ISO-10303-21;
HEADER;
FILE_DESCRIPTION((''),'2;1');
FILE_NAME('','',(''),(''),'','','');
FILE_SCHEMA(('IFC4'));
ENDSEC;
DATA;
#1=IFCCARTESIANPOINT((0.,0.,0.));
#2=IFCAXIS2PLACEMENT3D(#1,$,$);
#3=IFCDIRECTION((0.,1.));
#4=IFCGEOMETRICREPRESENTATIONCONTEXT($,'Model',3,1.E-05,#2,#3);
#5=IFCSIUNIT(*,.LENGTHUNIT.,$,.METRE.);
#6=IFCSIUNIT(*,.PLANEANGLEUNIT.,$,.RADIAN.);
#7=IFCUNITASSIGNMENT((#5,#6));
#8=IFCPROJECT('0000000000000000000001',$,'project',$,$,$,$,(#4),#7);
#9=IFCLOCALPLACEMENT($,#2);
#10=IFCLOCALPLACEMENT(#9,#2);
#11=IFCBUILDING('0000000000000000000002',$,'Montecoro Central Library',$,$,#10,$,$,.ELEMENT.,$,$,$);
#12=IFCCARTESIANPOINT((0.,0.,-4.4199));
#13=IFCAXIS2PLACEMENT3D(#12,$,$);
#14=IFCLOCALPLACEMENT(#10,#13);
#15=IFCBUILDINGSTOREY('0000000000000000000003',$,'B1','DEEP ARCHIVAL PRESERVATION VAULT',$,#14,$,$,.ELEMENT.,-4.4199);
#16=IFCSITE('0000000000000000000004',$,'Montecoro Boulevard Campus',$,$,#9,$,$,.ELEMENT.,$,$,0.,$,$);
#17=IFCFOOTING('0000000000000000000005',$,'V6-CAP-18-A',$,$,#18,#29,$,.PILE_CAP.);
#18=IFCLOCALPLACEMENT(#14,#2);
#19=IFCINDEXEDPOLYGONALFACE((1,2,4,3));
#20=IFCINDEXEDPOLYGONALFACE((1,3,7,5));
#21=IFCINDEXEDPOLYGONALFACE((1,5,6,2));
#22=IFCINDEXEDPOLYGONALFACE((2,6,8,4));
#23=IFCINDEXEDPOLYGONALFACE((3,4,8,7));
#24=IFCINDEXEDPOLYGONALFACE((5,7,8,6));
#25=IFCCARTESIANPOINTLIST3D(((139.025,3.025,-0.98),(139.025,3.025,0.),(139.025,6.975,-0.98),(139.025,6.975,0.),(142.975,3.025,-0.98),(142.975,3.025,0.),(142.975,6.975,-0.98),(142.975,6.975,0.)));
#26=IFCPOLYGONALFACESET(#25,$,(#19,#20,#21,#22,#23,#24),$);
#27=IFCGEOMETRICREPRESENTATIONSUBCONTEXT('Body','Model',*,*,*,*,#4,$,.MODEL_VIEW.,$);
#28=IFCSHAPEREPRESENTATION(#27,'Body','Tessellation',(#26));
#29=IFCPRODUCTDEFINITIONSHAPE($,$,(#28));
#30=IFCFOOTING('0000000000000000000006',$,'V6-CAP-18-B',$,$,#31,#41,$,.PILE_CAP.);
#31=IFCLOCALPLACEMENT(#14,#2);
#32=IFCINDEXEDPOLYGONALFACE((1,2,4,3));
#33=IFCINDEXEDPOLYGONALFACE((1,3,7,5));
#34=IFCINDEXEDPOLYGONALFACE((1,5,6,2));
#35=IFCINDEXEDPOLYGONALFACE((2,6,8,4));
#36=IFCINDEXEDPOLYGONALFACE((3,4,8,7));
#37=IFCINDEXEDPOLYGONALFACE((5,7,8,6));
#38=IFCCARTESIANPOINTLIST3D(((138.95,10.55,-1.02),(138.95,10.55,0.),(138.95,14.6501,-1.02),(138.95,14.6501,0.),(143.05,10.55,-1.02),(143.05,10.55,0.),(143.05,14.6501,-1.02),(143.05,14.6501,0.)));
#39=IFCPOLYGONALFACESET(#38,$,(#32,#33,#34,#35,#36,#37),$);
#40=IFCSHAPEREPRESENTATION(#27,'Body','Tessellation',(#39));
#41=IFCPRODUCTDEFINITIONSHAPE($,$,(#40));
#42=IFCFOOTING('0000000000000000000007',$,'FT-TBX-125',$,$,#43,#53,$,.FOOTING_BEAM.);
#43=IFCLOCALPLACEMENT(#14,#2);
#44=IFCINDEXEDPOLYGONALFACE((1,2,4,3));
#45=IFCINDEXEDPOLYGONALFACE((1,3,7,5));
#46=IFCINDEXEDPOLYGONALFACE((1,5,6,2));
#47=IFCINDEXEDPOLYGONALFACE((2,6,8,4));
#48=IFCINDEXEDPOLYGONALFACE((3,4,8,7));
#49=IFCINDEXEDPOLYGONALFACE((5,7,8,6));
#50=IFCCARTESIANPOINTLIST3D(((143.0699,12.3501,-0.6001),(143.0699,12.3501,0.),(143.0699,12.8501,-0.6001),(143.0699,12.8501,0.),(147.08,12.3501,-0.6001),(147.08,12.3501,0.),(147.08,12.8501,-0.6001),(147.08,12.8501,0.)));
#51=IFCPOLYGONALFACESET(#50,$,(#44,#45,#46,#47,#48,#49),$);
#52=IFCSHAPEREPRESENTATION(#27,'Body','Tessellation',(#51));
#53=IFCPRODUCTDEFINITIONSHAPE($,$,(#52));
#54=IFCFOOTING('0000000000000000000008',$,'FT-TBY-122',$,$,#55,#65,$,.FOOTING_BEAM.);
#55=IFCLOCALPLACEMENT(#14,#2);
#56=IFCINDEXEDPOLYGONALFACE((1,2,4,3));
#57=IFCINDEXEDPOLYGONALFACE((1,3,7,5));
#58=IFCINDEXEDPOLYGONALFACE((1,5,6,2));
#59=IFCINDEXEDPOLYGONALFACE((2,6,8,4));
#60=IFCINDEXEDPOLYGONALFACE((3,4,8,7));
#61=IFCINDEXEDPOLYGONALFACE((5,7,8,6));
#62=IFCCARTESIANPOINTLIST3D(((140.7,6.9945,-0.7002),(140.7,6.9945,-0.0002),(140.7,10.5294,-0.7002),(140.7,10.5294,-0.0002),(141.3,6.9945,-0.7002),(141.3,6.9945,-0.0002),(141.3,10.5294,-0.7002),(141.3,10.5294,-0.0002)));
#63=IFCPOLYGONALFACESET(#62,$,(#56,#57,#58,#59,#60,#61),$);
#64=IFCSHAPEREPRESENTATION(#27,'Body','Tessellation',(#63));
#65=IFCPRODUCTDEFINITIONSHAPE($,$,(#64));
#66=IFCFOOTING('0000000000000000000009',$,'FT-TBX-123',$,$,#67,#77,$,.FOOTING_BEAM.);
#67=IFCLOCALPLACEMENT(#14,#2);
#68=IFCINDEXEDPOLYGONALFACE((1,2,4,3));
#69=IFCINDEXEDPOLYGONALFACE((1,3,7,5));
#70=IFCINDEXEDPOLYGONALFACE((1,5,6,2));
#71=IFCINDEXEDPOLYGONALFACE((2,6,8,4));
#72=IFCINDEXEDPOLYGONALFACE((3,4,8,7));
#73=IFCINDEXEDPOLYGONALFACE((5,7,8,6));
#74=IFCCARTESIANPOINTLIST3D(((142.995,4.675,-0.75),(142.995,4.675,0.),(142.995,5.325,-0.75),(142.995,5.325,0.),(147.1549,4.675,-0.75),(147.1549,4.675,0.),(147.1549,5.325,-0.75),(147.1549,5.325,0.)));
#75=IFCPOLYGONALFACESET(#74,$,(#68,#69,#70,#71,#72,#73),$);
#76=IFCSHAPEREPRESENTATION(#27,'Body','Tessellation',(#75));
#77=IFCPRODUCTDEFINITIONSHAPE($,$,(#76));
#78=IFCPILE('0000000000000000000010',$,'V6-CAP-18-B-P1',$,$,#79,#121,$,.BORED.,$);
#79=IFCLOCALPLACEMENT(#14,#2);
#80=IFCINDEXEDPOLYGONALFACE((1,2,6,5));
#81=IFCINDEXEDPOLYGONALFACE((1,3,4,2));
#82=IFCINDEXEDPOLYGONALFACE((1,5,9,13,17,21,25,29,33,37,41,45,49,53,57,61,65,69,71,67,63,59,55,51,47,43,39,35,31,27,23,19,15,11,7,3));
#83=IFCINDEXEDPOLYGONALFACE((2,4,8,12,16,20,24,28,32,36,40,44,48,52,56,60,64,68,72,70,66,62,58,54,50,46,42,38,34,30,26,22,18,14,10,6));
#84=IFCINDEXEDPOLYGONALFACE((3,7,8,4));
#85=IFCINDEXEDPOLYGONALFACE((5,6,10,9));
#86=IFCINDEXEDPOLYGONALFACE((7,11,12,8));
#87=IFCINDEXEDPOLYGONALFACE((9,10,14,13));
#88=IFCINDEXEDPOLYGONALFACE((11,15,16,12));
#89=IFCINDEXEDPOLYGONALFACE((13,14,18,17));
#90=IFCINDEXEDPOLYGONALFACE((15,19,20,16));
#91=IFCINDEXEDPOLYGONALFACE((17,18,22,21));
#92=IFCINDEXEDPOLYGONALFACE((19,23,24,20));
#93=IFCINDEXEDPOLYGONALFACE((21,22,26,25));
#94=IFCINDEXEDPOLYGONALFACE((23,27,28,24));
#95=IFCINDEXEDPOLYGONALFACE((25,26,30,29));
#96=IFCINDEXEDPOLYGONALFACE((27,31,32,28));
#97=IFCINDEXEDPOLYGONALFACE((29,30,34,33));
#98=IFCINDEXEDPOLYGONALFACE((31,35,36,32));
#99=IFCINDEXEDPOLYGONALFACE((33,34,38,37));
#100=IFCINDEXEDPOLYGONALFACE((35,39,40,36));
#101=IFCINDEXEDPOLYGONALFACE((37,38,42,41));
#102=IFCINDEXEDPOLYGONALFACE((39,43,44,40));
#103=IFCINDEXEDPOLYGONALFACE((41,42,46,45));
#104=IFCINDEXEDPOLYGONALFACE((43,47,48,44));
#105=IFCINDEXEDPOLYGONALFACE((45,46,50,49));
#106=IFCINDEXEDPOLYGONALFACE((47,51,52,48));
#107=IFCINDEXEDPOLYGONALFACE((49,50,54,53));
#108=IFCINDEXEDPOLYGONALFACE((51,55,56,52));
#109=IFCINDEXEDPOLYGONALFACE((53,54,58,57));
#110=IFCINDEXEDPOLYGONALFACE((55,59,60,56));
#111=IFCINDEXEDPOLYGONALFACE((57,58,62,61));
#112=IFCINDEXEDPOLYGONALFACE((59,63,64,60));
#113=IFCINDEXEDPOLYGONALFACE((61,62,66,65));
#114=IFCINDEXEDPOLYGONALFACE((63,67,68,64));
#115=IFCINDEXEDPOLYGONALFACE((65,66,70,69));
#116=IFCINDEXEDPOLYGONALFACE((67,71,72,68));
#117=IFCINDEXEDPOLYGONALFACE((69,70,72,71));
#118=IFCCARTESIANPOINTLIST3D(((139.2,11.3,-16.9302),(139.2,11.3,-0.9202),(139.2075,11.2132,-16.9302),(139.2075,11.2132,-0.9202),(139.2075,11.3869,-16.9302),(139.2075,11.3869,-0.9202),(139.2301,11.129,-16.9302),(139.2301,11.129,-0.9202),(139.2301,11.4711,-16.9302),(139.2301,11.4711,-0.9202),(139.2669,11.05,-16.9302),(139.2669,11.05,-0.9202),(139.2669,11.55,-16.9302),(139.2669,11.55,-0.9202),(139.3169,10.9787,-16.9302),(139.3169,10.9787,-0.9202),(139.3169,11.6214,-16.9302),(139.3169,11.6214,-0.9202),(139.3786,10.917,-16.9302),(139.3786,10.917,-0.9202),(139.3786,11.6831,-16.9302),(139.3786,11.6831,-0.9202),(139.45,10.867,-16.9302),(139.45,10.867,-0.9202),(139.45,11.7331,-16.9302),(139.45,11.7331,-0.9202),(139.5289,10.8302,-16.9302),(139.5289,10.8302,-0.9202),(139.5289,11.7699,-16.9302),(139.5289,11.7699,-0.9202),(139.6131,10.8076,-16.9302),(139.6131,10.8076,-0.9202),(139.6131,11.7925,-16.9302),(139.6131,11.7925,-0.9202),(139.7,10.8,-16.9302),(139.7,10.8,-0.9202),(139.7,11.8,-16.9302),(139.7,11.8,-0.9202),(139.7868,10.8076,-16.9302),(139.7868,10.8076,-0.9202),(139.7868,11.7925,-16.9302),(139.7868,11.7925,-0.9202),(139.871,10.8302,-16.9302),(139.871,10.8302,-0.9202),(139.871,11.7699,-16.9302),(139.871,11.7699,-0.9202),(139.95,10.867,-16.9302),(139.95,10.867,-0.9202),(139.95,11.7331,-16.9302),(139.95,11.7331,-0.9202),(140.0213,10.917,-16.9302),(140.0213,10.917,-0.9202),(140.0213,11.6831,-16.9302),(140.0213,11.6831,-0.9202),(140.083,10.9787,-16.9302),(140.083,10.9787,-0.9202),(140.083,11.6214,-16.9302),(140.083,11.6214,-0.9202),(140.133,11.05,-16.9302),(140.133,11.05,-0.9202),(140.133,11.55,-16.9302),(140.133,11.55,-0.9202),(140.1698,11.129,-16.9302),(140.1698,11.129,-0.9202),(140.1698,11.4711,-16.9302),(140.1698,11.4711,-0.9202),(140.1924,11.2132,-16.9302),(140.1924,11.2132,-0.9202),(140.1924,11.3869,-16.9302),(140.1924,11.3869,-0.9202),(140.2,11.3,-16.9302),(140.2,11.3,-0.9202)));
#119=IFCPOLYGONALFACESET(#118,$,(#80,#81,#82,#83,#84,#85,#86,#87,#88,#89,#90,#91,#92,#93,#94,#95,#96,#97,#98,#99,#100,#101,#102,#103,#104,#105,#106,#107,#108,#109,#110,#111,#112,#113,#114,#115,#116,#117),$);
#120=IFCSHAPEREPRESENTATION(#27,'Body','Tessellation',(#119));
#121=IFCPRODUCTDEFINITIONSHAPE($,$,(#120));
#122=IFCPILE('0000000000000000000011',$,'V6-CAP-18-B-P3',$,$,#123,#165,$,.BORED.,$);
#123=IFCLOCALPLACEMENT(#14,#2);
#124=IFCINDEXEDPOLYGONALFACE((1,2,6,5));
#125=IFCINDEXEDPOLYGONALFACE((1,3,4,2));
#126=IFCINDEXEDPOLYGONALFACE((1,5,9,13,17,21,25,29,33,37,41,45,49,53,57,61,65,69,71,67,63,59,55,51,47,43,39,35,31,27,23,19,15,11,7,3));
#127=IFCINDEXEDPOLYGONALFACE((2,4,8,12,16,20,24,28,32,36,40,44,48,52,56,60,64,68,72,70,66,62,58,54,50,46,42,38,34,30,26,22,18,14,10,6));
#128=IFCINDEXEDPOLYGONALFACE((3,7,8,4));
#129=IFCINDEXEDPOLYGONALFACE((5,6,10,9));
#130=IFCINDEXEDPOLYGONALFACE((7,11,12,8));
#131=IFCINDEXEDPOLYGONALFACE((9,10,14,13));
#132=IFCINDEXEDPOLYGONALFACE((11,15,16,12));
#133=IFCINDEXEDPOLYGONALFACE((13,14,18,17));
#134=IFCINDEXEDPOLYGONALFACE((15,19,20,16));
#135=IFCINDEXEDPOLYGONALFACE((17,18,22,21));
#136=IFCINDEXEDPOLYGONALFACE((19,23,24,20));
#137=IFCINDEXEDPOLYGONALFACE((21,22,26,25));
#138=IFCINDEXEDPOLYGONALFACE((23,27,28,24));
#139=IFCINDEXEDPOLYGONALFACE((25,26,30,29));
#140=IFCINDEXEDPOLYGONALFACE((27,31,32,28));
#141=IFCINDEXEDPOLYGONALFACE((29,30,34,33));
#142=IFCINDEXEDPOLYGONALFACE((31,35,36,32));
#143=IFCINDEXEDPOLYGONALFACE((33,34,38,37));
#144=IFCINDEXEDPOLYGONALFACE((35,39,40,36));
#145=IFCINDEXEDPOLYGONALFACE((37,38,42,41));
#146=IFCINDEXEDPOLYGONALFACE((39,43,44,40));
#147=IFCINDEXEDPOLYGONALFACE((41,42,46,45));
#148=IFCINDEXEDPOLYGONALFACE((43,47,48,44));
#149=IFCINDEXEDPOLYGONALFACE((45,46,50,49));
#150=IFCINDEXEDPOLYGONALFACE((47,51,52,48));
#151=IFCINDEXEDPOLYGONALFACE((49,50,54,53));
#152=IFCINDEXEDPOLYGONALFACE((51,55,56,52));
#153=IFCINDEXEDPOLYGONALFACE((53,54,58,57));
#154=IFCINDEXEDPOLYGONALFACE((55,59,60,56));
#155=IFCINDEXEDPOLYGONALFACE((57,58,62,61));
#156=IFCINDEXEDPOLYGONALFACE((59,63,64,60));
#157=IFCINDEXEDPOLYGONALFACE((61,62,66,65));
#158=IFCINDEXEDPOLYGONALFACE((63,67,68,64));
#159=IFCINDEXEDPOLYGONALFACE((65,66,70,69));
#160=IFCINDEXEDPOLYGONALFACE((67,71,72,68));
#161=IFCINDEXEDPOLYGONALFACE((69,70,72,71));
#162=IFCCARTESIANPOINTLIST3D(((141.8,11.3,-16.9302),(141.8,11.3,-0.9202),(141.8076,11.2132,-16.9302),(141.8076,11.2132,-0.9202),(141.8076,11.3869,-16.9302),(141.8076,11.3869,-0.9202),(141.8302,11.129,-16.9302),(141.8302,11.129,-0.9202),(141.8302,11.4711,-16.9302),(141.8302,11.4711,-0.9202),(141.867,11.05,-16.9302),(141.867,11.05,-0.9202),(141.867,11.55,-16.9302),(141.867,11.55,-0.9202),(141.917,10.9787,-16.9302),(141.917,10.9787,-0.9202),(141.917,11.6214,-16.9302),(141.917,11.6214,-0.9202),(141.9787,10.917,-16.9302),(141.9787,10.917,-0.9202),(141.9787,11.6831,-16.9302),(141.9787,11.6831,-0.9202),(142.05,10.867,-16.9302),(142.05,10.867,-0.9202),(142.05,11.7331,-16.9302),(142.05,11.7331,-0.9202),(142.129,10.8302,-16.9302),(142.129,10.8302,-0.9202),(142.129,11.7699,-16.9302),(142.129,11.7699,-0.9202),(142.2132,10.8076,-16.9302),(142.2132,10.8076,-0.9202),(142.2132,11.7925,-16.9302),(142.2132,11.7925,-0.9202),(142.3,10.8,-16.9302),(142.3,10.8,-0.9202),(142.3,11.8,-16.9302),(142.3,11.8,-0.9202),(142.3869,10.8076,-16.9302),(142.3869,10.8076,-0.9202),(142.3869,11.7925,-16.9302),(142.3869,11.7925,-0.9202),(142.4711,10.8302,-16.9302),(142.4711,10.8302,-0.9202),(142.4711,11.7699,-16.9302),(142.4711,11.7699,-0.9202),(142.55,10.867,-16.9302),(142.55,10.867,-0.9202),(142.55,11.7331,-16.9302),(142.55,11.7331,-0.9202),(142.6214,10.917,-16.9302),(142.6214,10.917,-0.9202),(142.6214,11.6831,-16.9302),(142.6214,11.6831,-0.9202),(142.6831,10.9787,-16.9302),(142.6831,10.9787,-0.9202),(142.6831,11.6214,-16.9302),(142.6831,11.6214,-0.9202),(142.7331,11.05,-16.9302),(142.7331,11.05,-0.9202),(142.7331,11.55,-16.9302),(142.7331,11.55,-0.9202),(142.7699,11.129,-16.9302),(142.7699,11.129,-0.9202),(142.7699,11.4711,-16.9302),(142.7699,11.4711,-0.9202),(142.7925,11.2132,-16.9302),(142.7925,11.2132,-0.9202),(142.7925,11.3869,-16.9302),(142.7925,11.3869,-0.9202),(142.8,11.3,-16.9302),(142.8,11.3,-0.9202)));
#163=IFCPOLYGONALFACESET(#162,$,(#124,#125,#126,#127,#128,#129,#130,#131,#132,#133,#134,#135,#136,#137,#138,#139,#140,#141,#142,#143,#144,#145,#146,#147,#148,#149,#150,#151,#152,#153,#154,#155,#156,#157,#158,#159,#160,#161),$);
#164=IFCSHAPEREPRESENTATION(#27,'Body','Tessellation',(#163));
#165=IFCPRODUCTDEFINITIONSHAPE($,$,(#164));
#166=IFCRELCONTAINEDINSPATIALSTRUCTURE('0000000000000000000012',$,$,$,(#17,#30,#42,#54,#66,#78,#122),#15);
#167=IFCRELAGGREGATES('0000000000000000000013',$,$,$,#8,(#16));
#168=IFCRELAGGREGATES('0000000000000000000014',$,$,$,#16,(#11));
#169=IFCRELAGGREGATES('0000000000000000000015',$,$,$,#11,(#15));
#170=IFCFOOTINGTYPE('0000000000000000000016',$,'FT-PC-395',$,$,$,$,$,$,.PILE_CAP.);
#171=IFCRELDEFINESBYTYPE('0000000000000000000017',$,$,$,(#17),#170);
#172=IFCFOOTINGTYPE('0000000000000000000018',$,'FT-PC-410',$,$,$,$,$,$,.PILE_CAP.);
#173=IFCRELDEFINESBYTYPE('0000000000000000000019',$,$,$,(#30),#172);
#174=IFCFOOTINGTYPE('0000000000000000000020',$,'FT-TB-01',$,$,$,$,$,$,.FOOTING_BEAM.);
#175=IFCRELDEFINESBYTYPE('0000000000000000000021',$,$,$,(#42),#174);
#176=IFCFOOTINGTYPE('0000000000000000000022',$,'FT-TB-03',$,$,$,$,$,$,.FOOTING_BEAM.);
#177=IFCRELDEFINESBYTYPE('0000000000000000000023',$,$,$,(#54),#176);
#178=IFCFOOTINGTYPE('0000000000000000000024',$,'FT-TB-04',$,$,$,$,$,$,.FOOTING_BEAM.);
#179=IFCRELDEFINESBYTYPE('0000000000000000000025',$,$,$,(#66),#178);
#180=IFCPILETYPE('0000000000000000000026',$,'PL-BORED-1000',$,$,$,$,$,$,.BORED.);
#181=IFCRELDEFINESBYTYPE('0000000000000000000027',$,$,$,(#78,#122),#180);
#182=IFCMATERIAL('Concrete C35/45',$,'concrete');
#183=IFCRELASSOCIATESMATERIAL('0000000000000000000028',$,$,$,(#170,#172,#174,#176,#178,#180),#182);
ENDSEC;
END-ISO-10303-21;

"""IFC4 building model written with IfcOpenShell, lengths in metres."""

from ifc_helpers import new_model, si_unit, direction, frame, origin, origin_2d, place, context, subcontext, project, spatial, rectangle, circle, extrude, material, material_profile, profile_set, type_object, element, save


model = new_model("IFC4")

# Units and contexts
model_context = context("Model", 3, precision=1e-05, world=origin(), true_north=direction((0.0, 1.0)))
body_context = subcontext(model_context, "Body", "Model", "MODEL_VIEW")
ifc_project = project(units=[si_unit("LENGTHUNIT", "METRE"), si_unit("PLANEANGLEUNIT", "RADIAN")], contexts=[model_context])

# Site, building, storey
site_placement = place(None, origin())
site = spatial("IfcSite", under=ifc_project, at=site_placement, Name="Montecoro Boulevard Campus", CompositionType="ELEMENT", RefElevation=0.0)
building_placement = place(site_placement, origin())
building = spatial("IfcBuilding", under=site, at=building_placement, Name="Montecoro Central Library", CompositionType="ELEMENT")
storey_placement = place(building_placement, frame((0.0, 0.0, -4.4199)))
storey = spatial("IfcBuildingStorey", under=building, at=storey_placement, Name="B1", Description="DEEP ARCHIVAL PRESERVATION VAULT", CompositionType="ELEMENT", Elevation=-4.4199)

# Footings
ifc_material_1 = material(Name="Concrete C35/45", Category="concrete")
footing_type_1 = type_object("IfcFootingType", Name="FT-PC-395", PredefinedType="PILE_CAP", material=ifc_material_1)
footing_1_placement = place(storey_placement, frame((141.0, 5.0, -0.98), z_axis=(0.0, 0.0, 1.0), x_axis=(1.0, 0.0, 0.0)))
element("IfcFooting", 1, at=footing_1_placement, inside=storey, type_object=footing_type_1, Name="V6-CAP-18-A", PredefinedType="PILE_CAP", context=body_context, shape_type="SweptSolid", body=[
    extrude(rectangle(XDim=3.95, YDim=3.95, at=origin_2d()), origin(), (0.0, 0.0, 1.0), 0.98),
])
footing_type_2 = type_object("IfcFootingType", Name="FT-PC-410", PredefinedType="PILE_CAP", material=ifc_material_1)
footing_2_placement = place(storey_placement, frame((141.0, 12.6001, -1.02), z_axis=(0.0, 0.0, 1.0), x_axis=(1.0, 0.0, 0.0)))
element("IfcFooting", 2, at=footing_2_placement, inside=storey, type_object=footing_type_2, Name="V6-CAP-18-B", PredefinedType="PILE_CAP", context=body_context, shape_type="SweptSolid", body=[
    extrude(rectangle(XDim=4.1001, YDim=4.1001, at=origin_2d()), origin(), (0.0, 0.0, 1.0), 1.02),
])
footing_type_3 = type_object("IfcFootingType", Name="FT-TB-01", PredefinedType="FOOTING_BEAM", material=ifc_material_1)
footing_3_placement = place(storey_placement, frame((145.075, 12.6001, -0.6001), z_axis=(0.0, 0.0, 1.0), x_axis=(1.0, 0.0, 0.0)))
element("IfcFooting", 3, at=footing_3_placement, inside=storey, type_object=footing_type_3, Name="FT-TBX-125", PredefinedType="FOOTING_BEAM", context=body_context, shape_type="SweptSolid", body=[
    extrude(rectangle(XDim=4.01, YDim=0.5, at=origin_2d()), origin(), (0.0, 0.0, 1.0), 0.6001),
])
footing_type_4 = type_object("IfcFootingType", Name="FT-TB-03", PredefinedType="FOOTING_BEAM", material=ifc_material_1)
footing_4_placement = place(storey_placement, frame((141.0, 8.762, -0.7002), z_axis=(0.0, 0.0, 1.0), x_axis=(1.0, 0.0, 0.0)))
element("IfcFooting", 4, at=footing_4_placement, inside=storey, type_object=footing_type_4, Name="FT-TBY-122", PredefinedType="FOOTING_BEAM", context=body_context, shape_type="SweptSolid", body=[
    extrude(rectangle(XDim=0.6001, YDim=3.5349, at=origin_2d()), origin(), (0.0, 0.0, 1.0), 0.7),
])
footing_type_5 = type_object("IfcFootingType", Name="FT-TB-04", PredefinedType="FOOTING_BEAM", material=ifc_material_1)
footing_5_placement = place(storey_placement, frame((145.075, 5.0, -0.75), z_axis=(0.0, 0.0, 1.0), x_axis=(1.0, 0.0, 0.0)))
element("IfcFooting", 5, at=footing_5_placement, inside=storey, type_object=footing_type_5, Name="FT-TBX-123", PredefinedType="FOOTING_BEAM", context=body_context, shape_type="SweptSolid", body=[
    extrude(rectangle(XDim=4.1599, YDim=0.6499, at=origin_2d()), origin(), (0.0, 0.0, 1.0), 0.75),
])

# Piles
ifc_material_profile_1 = material_profile(ifc_material_1, circle(Radius=0.5, at=origin_2d()), Name="PILE D1000")
ifc_profile_set_1 = profile_set([ifc_material_profile_1], Name="Concrete C35/45")
pile_type_1 = type_object("IfcPileType", Name="PL-BORED-1000", PredefinedType="BORED", material=ifc_profile_set_1)
for number, where, z_axis, x_axis, name in (
    (6, (139.7, 11.3, -0.9202), (0.0, 0.0, -1.0), (1.0, 0.0, 0.0), "V6-CAP-18-B-P1"),
    (7, (142.3, 11.3, -0.9202), (0.0, 0.0, -1.0), (1.0, 0.0, 0.0), "V6-CAP-18-B-P3"),
):
    element("IfcPile", number, at=place(storey_placement, frame(where, z_axis=z_axis, x_axis=x_axis)), inside=storey, type_object=pile_type_1, Name=name, PredefinedType="BORED", context=body_context, shape_type="SweptSolid", body=[
        extrude(circle(Radius=0.5, at=origin_2d()), origin(), (0.0, 0.0, 1.0), 16.01),
    ])

save(model, "model.ifc")
